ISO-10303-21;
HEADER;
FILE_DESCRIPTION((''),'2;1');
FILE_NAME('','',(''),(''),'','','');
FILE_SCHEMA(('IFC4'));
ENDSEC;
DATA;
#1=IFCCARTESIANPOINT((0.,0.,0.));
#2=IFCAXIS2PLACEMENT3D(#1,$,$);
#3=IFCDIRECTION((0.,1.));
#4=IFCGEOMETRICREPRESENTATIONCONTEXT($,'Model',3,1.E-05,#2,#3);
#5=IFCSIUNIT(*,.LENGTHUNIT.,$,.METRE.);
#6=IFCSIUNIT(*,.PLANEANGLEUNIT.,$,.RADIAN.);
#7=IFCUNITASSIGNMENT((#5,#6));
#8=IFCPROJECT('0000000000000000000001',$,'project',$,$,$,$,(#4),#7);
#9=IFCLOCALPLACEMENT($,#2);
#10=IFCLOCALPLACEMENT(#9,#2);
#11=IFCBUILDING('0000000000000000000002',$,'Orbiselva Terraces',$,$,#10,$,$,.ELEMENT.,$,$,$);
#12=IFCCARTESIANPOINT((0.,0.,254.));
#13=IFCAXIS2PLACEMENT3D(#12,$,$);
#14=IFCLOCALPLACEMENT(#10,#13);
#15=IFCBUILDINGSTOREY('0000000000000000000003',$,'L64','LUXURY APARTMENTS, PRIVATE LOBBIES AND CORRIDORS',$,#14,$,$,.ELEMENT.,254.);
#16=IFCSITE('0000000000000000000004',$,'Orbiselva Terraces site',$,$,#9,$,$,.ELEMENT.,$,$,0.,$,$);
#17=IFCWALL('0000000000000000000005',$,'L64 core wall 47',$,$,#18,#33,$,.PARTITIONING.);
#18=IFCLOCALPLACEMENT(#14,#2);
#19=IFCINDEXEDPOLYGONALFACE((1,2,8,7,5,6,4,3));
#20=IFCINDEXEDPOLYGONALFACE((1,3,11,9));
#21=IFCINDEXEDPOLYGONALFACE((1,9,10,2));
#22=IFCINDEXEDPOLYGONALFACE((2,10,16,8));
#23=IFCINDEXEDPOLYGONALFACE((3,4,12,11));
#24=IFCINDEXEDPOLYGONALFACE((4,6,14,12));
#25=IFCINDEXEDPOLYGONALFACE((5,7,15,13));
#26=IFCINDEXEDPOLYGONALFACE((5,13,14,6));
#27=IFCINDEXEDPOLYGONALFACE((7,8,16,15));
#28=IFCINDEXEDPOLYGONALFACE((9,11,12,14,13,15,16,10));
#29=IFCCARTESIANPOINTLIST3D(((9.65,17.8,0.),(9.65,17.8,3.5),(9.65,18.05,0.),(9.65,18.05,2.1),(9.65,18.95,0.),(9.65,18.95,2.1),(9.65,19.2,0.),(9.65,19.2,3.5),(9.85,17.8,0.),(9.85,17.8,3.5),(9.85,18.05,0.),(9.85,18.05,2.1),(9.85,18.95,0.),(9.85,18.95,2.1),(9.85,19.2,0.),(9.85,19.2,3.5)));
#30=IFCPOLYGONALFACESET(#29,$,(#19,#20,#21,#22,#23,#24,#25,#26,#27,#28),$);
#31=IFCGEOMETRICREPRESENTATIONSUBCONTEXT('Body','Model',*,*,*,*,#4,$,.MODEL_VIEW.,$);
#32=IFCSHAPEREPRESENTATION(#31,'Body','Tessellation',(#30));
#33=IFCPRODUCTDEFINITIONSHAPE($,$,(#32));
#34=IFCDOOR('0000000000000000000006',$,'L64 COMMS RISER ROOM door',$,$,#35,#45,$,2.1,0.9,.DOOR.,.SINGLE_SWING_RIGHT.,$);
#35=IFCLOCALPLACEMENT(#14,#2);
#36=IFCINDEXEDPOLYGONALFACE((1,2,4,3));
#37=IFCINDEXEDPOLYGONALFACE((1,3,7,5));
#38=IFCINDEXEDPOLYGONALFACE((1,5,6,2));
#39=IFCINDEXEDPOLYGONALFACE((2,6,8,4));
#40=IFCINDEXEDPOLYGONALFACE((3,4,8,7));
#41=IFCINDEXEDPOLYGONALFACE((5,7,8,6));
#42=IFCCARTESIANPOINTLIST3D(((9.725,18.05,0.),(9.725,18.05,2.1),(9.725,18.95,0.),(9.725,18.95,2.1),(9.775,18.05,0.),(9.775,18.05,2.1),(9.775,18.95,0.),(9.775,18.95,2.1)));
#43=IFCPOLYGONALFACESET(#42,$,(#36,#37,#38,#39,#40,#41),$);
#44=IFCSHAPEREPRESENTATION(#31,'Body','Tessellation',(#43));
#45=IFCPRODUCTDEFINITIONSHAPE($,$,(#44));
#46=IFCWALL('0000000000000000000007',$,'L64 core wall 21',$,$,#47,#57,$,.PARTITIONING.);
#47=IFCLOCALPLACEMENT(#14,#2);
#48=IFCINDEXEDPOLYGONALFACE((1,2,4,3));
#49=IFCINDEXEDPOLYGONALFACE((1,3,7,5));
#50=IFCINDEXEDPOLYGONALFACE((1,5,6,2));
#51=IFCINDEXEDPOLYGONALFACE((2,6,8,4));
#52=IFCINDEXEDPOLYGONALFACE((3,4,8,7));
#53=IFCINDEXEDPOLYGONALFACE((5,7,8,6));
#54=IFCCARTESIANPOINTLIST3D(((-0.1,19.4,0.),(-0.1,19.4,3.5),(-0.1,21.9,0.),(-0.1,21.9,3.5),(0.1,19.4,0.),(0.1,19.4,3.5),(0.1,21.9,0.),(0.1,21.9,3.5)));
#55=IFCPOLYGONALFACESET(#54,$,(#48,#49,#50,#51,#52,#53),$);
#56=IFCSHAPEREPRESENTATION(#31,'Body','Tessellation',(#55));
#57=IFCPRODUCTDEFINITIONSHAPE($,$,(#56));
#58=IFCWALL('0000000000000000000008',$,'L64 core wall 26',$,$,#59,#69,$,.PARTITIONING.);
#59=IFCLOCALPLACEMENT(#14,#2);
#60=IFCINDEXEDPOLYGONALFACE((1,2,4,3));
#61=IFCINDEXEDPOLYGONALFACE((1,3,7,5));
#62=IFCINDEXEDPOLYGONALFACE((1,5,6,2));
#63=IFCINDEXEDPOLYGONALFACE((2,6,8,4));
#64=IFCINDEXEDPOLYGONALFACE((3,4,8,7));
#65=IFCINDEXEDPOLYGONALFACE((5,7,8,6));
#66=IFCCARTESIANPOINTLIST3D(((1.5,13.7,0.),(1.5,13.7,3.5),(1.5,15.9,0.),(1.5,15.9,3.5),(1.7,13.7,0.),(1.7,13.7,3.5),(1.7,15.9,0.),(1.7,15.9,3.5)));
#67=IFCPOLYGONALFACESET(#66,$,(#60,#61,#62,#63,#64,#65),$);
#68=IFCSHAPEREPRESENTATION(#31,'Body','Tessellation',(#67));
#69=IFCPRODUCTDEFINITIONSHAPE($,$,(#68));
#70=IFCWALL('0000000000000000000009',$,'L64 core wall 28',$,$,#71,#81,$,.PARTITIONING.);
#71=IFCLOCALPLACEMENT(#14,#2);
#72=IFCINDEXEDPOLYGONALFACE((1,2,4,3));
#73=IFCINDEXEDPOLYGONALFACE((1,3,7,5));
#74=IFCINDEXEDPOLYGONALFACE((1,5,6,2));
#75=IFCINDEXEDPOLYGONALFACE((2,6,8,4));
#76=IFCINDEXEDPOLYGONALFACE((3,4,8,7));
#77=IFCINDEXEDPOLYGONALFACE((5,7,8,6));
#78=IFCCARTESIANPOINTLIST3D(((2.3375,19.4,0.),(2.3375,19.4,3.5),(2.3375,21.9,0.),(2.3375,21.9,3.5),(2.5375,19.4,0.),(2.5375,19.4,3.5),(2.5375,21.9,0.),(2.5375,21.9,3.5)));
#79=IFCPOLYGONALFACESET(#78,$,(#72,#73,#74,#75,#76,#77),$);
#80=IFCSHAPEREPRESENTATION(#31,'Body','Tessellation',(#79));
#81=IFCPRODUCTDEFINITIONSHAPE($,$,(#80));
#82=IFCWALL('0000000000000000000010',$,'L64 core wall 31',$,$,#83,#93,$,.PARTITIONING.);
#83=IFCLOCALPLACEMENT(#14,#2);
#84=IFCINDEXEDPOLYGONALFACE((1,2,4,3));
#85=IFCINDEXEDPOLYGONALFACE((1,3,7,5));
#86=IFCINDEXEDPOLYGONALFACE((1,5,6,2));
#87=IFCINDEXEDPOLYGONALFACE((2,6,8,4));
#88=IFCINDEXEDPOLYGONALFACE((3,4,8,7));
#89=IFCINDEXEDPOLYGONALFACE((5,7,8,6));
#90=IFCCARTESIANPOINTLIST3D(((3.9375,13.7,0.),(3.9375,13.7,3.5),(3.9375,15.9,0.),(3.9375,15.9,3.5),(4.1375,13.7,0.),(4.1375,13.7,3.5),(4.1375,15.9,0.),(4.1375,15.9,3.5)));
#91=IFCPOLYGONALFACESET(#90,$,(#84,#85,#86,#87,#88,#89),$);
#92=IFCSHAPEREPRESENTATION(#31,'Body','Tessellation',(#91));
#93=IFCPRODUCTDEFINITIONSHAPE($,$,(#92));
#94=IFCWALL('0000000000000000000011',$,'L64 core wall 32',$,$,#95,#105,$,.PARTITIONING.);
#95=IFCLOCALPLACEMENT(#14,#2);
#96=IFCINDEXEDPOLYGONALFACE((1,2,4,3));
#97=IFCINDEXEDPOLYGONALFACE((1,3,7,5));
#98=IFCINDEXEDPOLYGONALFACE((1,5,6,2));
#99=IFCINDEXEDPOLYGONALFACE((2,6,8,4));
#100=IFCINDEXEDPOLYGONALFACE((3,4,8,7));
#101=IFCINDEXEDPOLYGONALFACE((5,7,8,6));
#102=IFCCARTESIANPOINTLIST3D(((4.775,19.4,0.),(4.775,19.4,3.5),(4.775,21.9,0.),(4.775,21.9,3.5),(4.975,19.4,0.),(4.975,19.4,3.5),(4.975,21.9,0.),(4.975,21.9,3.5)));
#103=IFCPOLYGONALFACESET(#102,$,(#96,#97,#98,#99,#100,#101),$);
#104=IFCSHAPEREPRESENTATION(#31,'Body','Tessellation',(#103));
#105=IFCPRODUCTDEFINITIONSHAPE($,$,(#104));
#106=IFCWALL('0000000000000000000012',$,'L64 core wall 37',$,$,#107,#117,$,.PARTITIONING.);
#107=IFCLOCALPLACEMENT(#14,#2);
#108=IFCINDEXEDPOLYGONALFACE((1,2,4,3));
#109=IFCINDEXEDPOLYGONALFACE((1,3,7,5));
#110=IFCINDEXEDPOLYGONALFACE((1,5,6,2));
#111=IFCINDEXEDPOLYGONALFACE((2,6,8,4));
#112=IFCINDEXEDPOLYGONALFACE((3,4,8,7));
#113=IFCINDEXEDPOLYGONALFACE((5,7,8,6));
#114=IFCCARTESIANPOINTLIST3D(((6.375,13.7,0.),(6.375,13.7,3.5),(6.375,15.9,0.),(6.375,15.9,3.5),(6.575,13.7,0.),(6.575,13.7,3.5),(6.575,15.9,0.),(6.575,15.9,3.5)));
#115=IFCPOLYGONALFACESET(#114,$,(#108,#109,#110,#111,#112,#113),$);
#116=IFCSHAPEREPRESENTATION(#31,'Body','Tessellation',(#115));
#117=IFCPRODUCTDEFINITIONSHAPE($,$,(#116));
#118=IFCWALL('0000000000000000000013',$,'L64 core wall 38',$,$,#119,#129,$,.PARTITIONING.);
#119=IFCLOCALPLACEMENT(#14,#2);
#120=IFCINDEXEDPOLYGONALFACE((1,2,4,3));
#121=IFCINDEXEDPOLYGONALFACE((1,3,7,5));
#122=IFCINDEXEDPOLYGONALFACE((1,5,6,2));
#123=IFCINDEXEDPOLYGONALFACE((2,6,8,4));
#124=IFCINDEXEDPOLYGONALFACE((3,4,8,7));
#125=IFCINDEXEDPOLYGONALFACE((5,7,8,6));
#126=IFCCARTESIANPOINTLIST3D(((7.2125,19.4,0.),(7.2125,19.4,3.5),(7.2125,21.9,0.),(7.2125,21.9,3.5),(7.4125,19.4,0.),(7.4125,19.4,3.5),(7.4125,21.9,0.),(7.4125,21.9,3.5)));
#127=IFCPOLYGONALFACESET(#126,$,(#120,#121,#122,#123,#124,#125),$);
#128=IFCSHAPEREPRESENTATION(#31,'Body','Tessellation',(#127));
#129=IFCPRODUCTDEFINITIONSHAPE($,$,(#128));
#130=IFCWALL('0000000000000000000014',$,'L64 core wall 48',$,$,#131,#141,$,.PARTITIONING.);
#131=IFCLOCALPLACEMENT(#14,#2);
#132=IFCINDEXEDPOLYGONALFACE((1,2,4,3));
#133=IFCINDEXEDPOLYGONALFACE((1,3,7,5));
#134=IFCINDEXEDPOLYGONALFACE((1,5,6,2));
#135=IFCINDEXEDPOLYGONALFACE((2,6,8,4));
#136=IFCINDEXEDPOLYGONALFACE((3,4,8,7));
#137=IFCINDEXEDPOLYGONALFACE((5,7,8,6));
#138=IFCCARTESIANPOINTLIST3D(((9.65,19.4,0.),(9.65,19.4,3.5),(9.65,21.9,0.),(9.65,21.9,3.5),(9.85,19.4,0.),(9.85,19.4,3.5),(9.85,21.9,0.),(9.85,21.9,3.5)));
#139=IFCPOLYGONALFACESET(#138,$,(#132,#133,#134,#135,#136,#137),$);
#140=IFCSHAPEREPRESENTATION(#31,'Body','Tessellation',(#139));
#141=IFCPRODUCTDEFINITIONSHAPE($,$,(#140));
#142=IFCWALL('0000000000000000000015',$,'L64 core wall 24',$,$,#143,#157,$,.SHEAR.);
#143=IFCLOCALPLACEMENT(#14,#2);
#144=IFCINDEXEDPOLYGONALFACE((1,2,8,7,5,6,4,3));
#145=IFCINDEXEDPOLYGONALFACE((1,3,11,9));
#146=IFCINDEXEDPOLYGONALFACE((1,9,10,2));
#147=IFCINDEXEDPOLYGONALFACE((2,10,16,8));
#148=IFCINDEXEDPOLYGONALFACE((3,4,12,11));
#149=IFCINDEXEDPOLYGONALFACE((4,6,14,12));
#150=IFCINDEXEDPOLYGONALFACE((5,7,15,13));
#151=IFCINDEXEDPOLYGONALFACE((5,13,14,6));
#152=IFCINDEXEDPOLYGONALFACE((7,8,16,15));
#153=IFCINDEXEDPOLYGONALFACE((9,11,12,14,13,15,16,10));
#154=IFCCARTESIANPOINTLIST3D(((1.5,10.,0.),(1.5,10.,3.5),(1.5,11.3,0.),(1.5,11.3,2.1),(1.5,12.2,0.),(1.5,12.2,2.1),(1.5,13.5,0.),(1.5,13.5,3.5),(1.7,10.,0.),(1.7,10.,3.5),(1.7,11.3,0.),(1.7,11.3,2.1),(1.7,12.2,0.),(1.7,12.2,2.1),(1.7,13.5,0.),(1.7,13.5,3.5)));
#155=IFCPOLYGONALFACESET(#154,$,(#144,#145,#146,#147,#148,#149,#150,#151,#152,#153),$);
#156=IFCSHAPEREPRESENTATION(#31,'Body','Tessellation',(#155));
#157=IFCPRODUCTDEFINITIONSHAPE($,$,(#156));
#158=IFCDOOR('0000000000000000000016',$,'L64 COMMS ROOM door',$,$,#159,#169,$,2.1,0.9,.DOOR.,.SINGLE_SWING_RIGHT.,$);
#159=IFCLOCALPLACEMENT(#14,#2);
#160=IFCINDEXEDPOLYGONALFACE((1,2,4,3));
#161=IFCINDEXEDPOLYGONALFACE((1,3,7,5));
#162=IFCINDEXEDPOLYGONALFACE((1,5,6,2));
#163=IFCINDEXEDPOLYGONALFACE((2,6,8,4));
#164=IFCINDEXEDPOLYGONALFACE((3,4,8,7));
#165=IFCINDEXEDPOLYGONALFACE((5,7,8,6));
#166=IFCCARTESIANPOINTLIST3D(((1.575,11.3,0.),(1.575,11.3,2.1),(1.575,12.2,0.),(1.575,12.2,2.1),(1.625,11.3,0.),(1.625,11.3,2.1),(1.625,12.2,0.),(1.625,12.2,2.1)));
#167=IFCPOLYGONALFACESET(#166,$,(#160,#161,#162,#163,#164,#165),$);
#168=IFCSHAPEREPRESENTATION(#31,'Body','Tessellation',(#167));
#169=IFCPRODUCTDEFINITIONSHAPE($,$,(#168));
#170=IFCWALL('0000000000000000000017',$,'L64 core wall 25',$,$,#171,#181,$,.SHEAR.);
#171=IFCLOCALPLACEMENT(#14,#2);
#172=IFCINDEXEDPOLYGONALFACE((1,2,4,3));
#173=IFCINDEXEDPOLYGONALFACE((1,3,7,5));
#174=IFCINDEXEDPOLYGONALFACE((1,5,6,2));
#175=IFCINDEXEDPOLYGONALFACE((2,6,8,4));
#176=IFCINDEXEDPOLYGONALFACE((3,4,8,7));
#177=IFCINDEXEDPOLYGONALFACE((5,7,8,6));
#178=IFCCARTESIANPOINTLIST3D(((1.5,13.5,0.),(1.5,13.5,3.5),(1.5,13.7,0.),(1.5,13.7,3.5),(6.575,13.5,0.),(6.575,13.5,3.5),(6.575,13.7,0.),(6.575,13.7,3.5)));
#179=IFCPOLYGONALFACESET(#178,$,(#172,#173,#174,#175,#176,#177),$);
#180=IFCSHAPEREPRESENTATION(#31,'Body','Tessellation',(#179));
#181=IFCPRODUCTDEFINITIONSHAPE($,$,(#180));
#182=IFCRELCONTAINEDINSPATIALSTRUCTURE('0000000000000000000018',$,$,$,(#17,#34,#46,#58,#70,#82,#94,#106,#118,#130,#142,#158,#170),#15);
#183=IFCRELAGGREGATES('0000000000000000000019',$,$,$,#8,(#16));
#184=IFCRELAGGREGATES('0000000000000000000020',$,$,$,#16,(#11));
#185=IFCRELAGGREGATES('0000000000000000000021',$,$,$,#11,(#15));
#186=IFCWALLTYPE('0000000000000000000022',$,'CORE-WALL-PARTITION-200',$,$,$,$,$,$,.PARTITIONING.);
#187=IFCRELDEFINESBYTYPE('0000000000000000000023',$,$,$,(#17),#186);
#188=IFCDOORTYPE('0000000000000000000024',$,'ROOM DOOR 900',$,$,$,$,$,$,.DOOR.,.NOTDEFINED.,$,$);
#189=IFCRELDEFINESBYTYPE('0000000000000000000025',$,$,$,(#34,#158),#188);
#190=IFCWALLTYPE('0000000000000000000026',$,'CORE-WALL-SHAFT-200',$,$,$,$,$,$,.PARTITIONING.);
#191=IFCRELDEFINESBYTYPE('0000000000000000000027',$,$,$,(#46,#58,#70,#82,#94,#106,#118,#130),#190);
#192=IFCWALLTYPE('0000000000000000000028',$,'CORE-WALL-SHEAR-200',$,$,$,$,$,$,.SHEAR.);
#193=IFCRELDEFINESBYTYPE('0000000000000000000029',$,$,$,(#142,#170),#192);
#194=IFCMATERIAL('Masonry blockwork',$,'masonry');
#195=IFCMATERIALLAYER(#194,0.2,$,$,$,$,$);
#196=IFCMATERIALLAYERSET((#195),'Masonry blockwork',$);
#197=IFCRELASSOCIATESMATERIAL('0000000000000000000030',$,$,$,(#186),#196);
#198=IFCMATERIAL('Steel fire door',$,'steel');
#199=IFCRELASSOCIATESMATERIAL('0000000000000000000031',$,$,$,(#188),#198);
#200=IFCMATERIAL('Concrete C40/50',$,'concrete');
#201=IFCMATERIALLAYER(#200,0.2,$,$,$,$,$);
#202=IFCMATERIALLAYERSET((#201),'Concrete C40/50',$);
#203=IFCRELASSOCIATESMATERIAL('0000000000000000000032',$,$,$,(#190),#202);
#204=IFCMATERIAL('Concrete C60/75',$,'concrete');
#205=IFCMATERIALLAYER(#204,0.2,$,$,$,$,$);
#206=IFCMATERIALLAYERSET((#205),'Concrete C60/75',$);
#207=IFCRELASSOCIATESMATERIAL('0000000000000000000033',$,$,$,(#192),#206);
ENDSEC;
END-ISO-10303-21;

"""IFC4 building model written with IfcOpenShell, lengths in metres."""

from ifc_helpers import new_model, si_unit, direction, frame, frame_2d, origin, place, context, subcontext, project, spatial, rectangle, extrude, material, layer, layer_set, type_object, element, fill, save


model = new_model("IFC4")

# Units and contexts
model_context = context("Model", 3, precision=1e-05, world=origin(), true_north=direction((0.0, 1.0)))
body_context = subcontext(model_context, "Body", "Model", "MODEL_VIEW")
ifc_project = project(units=[si_unit("LENGTHUNIT", "METRE"), si_unit("PLANEANGLEUNIT", "RADIAN")], contexts=[model_context])

# Site, building, storey
site_placement = place(None, origin())
site = spatial("IfcSite", under=ifc_project, at=site_placement, Name="Orbiselva Terraces site", CompositionType="ELEMENT", RefElevation=0.0)
building_placement = place(site_placement, origin())
building = spatial("IfcBuilding", under=site, at=building_placement, Name="Orbiselva Terraces", CompositionType="ELEMENT")
storey_placement = place(building_placement, frame((0.0, 0.0, 254.0)))
storey = spatial("IfcBuildingStorey", under=building, at=storey_placement, Name="L64", Description="LUXURY APARTMENTS, PRIVATE LOBBIES AND CORRIDORS", CompositionType="ELEMENT", Elevation=254.0)

# Wall, opening, door
ifc_material_1 = material(Name="Masonry blockwork", Category="masonry")
ifc_layer_1 = layer(ifc_material_1, 0.2)
ifc_layer_set_1 = layer_set([ifc_layer_1], Name="Masonry blockwork")
wall_type_1 = type_object("IfcWallType", Name="CORE-WALL-PARTITION-200", PredefinedType="PARTITIONING", material=ifc_layer_set_1)
wall_1_placement = place(storey_placement, frame((9.75, 19.2, 0.0), z_axis=(0.0, 0.0, 1.0), x_axis=(0.0, -1.0, 0.0)))
wall_1 = element("IfcWall", 1, at=wall_1_placement, inside=storey, type_object=wall_type_1, Name="L64 core wall 47", PredefinedType="PARTITIONING", context=body_context, shape_type="SweptSolid", body=[
    extrude(rectangle(XDim=1.4, YDim=0.2, at=frame_2d((0.7, 0.0))), origin(), (0.0, 0.0, 1.0), 3.5),
])
opening_1_placement = place(wall_1_placement, frame((0.25, 0.0, 0.0)))
opening_1 = element("IfcOpeningElement", 2, at=opening_1_placement, cuts=wall_1, PredefinedType="OPENING", context=body_context, shape_type="SweptSolid", body=[
    extrude(rectangle(XDim=0.9, YDim=2.1, at=frame_2d((0.45, 1.05))), frame((0.0, 0.11, 0.0), z_axis=(0.0, -1.0, 0.0), x_axis=(1.0, 0.0, 0.0)), (0.0, 0.0, 1.0), 0.22),
])
ifc_material_2 = material(Name="Steel fire door", Category="steel")
door_type_1 = type_object("IfcDoorType", Name="ROOM DOOR 900", OperationType="NOTDEFINED", PredefinedType="DOOR", material=ifc_material_2)
door_1_placement = place(opening_1_placement, origin())
door_1 = element("IfcDoor", 3, at=door_1_placement, inside=storey, type_object=door_type_1, Name="L64 COMMS RISER ROOM door", OperationType="SINGLE_SWING_RIGHT", OverallHeight=2.1, OverallWidth=0.9, PredefinedType="DOOR", context=body_context, shape_type="SweptSolid", body=[
    extrude(rectangle(XDim=0.9, YDim=2.1, at=frame_2d((0.45, 1.05))), frame((0.0, 0.025, 0.0), z_axis=(0.0, -1.0, 0.0), x_axis=(1.0, 0.0, 0.0)), (0.0, 0.0, 1.0), 0.05),
])
fill(opening_1, door_1)

# Walls
ifc_material_3 = material(Name="Concrete C40/50", Category="concrete")
ifc_layer_2 = layer(ifc_material_3, 0.2)
ifc_layer_set_2 = layer_set([ifc_layer_2], Name="Concrete C40/50")
wall_type_2 = type_object("IfcWallType", Name="CORE-WALL-SHAFT-200", PredefinedType="PARTITIONING", material=ifc_layer_set_2)
wall_2_placement = place(storey_placement, frame((0.0, 19.4, 0.0), z_axis=(0.0, 0.0, 1.0), x_axis=(0.0, 1.0, 0.0)))
element("IfcWall", 4, at=wall_2_placement, inside=storey, type_object=wall_type_2, Name="L64 core wall 21", PredefinedType="PARTITIONING", context=body_context, shape_type="SweptSolid", body=[
    extrude(rectangle(XDim=2.5, YDim=0.2, at=frame_2d((1.25, 0.0))), origin(), (0.0, 0.0, 1.0), 3.5),
])
wall_3_placement = place(storey_placement, frame((1.6, 13.7, 0.0), z_axis=(0.0, 0.0, 1.0), x_axis=(0.0, 1.0, 0.0)))
element("IfcWall", 5, at=wall_3_placement, inside=storey, type_object=wall_type_2, Name="L64 core wall 26", PredefinedType="PARTITIONING", context=body_context, shape_type="SweptSolid", body=[
    extrude(rectangle(XDim=2.2, YDim=0.2, at=frame_2d((1.1, 0.0))), origin(), (0.0, 0.0, 1.0), 3.5),
])
wall_4_placement = place(storey_placement, frame((2.4375, 19.4, 0.0), z_axis=(0.0, 0.0, 1.0), x_axis=(0.0, 1.0, 0.0)))
element("IfcWall", 6, at=wall_4_placement, inside=storey, type_object=wall_type_2, Name="L64 core wall 28", PredefinedType="PARTITIONING", context=body_context, shape_type="SweptSolid", body=[
    extrude(rectangle(XDim=2.5, YDim=0.2, at=frame_2d((1.25, 0.0))), origin(), (0.0, 0.0, 1.0), 3.5),
])
wall_5_placement = place(storey_placement, frame((4.0375, 13.7, 0.0), z_axis=(0.0, 0.0, 1.0), x_axis=(0.0, 1.0, 0.0)))
element("IfcWall", 7, at=wall_5_placement, inside=storey, type_object=wall_type_2, Name="L64 core wall 31", PredefinedType="PARTITIONING", context=body_context, shape_type="SweptSolid", body=[
    extrude(rectangle(XDim=2.2, YDim=0.2, at=frame_2d((1.1, 0.0))), origin(), (0.0, 0.0, 1.0), 3.5),
])
wall_6_placement = place(storey_placement, frame((4.875, 19.4, 0.0), z_axis=(0.0, 0.0, 1.0), x_axis=(0.0, 1.0, 0.0)))
element("IfcWall", 8, at=wall_6_placement, inside=storey, type_object=wall_type_2, Name="L64 core wall 32", PredefinedType="PARTITIONING", context=body_context, shape_type="SweptSolid", body=[
    extrude(rectangle(XDim=2.5, YDim=0.2, at=frame_2d((1.25, 0.0))), origin(), (0.0, 0.0, 1.0), 3.5),
])
wall_7_placement = place(storey_placement, frame((6.475, 13.7, 0.0), z_axis=(0.0, 0.0, 1.0), x_axis=(0.0, 1.0, 0.0)))
element("IfcWall", 9, at=wall_7_placement, inside=storey, type_object=wall_type_2, Name="L64 core wall 37", PredefinedType="PARTITIONING", context=body_context, shape_type="SweptSolid", body=[
    extrude(rectangle(XDim=2.2, YDim=0.2, at=frame_2d((1.1, 0.0))), origin(), (0.0, 0.0, 1.0), 3.5),
])
for number, where, z_axis, x_axis, name in (
    (10, (7.3125, 19.4, 0.0), (0.0, 0.0, 1.0), (0.0, 1.0, 0.0), "L64 core wall 38"),
    (11, (9.75, 19.4, 0.0), (0.0, 0.0, 1.0), (0.0, 1.0, 0.0), "L64 core wall 48"),
):
    element("IfcWall", number, at=place(storey_placement, frame(where, z_axis=z_axis, x_axis=x_axis)), inside=storey, type_object=wall_type_2, Name=name, PredefinedType="PARTITIONING", context=body_context, shape_type="SweptSolid", body=[
        extrude(rectangle(XDim=2.5, YDim=0.2, at=frame_2d((1.25, 0.0))), origin(), (0.0, 0.0, 1.0), 3.5),
    ])

# Wall, opening, door
ifc_material_4 = material(Name="Concrete C60/75", Category="concrete")
ifc_layer_3 = layer(ifc_material_4, 0.2)
ifc_layer_set_3 = layer_set([ifc_layer_3], Name="Concrete C60/75")
wall_type_3 = type_object("IfcWallType", Name="CORE-WALL-SHEAR-200", PredefinedType="SHEAR", material=ifc_layer_set_3)
wall_8_placement = place(storey_placement, frame((1.6, 13.5, 0.0), z_axis=(0.0, 0.0, 1.0), x_axis=(0.0, -1.0, 0.0)))
wall_8 = element("IfcWall", 12, at=wall_8_placement, inside=storey, type_object=wall_type_3, Name="L64 core wall 24", PredefinedType="SHEAR", context=body_context, shape_type="SweptSolid", body=[
    extrude(rectangle(XDim=3.5, YDim=0.2, at=frame_2d((1.75, 0.0))), origin(), (0.0, 0.0, 1.0), 3.5),
])
opening_2_placement = place(wall_8_placement, frame((1.3, 0.0, 0.0)))
opening_2 = element("IfcOpeningElement", 13, at=opening_2_placement, cuts=wall_8, PredefinedType="OPENING", context=body_context, shape_type="SweptSolid", body=[
    extrude(rectangle(XDim=0.9, YDim=2.1, at=frame_2d((0.45, 1.05))), frame((0.0, 0.11, 0.0), z_axis=(0.0, -1.0, 0.0), x_axis=(1.0, 0.0, 0.0)), (0.0, 0.0, 1.0), 0.22),
])
door_2_placement = place(opening_2_placement, origin())
door_2 = element("IfcDoor", 14, at=door_2_placement, inside=storey, type_object=door_type_1, Name="L64 COMMS ROOM door", OperationType="SINGLE_SWING_RIGHT", OverallHeight=2.1, OverallWidth=0.9, PredefinedType="DOOR", context=body_context, shape_type="SweptSolid", body=[
    extrude(rectangle(XDim=0.9, YDim=2.1, at=frame_2d((0.45, 1.05))), frame((0.0, 0.025, 0.0), z_axis=(0.0, -1.0, 0.0), x_axis=(1.0, 0.0, 0.0)), (0.0, 0.0, 1.0), 0.05),
])
fill(opening_2, door_2)

# Wall
wall_9_placement = place(storey_placement, frame((1.5, 13.6, 0.0), z_axis=(0.0, 0.0, 1.0), x_axis=(1.0, 0.0, 0.0)))
element("IfcWall", 15, at=wall_9_placement, inside=storey, type_object=wall_type_3, Name="L64 core wall 25", PredefinedType="SHEAR", context=body_context, shape_type="SweptSolid", body=[
    extrude(rectangle(XDim=5.075, YDim=0.2, at=frame_2d((2.5375, 0.0))), origin(), (0.0, 0.0, 1.0), 3.5),
])

save(model, "model.ifc")
